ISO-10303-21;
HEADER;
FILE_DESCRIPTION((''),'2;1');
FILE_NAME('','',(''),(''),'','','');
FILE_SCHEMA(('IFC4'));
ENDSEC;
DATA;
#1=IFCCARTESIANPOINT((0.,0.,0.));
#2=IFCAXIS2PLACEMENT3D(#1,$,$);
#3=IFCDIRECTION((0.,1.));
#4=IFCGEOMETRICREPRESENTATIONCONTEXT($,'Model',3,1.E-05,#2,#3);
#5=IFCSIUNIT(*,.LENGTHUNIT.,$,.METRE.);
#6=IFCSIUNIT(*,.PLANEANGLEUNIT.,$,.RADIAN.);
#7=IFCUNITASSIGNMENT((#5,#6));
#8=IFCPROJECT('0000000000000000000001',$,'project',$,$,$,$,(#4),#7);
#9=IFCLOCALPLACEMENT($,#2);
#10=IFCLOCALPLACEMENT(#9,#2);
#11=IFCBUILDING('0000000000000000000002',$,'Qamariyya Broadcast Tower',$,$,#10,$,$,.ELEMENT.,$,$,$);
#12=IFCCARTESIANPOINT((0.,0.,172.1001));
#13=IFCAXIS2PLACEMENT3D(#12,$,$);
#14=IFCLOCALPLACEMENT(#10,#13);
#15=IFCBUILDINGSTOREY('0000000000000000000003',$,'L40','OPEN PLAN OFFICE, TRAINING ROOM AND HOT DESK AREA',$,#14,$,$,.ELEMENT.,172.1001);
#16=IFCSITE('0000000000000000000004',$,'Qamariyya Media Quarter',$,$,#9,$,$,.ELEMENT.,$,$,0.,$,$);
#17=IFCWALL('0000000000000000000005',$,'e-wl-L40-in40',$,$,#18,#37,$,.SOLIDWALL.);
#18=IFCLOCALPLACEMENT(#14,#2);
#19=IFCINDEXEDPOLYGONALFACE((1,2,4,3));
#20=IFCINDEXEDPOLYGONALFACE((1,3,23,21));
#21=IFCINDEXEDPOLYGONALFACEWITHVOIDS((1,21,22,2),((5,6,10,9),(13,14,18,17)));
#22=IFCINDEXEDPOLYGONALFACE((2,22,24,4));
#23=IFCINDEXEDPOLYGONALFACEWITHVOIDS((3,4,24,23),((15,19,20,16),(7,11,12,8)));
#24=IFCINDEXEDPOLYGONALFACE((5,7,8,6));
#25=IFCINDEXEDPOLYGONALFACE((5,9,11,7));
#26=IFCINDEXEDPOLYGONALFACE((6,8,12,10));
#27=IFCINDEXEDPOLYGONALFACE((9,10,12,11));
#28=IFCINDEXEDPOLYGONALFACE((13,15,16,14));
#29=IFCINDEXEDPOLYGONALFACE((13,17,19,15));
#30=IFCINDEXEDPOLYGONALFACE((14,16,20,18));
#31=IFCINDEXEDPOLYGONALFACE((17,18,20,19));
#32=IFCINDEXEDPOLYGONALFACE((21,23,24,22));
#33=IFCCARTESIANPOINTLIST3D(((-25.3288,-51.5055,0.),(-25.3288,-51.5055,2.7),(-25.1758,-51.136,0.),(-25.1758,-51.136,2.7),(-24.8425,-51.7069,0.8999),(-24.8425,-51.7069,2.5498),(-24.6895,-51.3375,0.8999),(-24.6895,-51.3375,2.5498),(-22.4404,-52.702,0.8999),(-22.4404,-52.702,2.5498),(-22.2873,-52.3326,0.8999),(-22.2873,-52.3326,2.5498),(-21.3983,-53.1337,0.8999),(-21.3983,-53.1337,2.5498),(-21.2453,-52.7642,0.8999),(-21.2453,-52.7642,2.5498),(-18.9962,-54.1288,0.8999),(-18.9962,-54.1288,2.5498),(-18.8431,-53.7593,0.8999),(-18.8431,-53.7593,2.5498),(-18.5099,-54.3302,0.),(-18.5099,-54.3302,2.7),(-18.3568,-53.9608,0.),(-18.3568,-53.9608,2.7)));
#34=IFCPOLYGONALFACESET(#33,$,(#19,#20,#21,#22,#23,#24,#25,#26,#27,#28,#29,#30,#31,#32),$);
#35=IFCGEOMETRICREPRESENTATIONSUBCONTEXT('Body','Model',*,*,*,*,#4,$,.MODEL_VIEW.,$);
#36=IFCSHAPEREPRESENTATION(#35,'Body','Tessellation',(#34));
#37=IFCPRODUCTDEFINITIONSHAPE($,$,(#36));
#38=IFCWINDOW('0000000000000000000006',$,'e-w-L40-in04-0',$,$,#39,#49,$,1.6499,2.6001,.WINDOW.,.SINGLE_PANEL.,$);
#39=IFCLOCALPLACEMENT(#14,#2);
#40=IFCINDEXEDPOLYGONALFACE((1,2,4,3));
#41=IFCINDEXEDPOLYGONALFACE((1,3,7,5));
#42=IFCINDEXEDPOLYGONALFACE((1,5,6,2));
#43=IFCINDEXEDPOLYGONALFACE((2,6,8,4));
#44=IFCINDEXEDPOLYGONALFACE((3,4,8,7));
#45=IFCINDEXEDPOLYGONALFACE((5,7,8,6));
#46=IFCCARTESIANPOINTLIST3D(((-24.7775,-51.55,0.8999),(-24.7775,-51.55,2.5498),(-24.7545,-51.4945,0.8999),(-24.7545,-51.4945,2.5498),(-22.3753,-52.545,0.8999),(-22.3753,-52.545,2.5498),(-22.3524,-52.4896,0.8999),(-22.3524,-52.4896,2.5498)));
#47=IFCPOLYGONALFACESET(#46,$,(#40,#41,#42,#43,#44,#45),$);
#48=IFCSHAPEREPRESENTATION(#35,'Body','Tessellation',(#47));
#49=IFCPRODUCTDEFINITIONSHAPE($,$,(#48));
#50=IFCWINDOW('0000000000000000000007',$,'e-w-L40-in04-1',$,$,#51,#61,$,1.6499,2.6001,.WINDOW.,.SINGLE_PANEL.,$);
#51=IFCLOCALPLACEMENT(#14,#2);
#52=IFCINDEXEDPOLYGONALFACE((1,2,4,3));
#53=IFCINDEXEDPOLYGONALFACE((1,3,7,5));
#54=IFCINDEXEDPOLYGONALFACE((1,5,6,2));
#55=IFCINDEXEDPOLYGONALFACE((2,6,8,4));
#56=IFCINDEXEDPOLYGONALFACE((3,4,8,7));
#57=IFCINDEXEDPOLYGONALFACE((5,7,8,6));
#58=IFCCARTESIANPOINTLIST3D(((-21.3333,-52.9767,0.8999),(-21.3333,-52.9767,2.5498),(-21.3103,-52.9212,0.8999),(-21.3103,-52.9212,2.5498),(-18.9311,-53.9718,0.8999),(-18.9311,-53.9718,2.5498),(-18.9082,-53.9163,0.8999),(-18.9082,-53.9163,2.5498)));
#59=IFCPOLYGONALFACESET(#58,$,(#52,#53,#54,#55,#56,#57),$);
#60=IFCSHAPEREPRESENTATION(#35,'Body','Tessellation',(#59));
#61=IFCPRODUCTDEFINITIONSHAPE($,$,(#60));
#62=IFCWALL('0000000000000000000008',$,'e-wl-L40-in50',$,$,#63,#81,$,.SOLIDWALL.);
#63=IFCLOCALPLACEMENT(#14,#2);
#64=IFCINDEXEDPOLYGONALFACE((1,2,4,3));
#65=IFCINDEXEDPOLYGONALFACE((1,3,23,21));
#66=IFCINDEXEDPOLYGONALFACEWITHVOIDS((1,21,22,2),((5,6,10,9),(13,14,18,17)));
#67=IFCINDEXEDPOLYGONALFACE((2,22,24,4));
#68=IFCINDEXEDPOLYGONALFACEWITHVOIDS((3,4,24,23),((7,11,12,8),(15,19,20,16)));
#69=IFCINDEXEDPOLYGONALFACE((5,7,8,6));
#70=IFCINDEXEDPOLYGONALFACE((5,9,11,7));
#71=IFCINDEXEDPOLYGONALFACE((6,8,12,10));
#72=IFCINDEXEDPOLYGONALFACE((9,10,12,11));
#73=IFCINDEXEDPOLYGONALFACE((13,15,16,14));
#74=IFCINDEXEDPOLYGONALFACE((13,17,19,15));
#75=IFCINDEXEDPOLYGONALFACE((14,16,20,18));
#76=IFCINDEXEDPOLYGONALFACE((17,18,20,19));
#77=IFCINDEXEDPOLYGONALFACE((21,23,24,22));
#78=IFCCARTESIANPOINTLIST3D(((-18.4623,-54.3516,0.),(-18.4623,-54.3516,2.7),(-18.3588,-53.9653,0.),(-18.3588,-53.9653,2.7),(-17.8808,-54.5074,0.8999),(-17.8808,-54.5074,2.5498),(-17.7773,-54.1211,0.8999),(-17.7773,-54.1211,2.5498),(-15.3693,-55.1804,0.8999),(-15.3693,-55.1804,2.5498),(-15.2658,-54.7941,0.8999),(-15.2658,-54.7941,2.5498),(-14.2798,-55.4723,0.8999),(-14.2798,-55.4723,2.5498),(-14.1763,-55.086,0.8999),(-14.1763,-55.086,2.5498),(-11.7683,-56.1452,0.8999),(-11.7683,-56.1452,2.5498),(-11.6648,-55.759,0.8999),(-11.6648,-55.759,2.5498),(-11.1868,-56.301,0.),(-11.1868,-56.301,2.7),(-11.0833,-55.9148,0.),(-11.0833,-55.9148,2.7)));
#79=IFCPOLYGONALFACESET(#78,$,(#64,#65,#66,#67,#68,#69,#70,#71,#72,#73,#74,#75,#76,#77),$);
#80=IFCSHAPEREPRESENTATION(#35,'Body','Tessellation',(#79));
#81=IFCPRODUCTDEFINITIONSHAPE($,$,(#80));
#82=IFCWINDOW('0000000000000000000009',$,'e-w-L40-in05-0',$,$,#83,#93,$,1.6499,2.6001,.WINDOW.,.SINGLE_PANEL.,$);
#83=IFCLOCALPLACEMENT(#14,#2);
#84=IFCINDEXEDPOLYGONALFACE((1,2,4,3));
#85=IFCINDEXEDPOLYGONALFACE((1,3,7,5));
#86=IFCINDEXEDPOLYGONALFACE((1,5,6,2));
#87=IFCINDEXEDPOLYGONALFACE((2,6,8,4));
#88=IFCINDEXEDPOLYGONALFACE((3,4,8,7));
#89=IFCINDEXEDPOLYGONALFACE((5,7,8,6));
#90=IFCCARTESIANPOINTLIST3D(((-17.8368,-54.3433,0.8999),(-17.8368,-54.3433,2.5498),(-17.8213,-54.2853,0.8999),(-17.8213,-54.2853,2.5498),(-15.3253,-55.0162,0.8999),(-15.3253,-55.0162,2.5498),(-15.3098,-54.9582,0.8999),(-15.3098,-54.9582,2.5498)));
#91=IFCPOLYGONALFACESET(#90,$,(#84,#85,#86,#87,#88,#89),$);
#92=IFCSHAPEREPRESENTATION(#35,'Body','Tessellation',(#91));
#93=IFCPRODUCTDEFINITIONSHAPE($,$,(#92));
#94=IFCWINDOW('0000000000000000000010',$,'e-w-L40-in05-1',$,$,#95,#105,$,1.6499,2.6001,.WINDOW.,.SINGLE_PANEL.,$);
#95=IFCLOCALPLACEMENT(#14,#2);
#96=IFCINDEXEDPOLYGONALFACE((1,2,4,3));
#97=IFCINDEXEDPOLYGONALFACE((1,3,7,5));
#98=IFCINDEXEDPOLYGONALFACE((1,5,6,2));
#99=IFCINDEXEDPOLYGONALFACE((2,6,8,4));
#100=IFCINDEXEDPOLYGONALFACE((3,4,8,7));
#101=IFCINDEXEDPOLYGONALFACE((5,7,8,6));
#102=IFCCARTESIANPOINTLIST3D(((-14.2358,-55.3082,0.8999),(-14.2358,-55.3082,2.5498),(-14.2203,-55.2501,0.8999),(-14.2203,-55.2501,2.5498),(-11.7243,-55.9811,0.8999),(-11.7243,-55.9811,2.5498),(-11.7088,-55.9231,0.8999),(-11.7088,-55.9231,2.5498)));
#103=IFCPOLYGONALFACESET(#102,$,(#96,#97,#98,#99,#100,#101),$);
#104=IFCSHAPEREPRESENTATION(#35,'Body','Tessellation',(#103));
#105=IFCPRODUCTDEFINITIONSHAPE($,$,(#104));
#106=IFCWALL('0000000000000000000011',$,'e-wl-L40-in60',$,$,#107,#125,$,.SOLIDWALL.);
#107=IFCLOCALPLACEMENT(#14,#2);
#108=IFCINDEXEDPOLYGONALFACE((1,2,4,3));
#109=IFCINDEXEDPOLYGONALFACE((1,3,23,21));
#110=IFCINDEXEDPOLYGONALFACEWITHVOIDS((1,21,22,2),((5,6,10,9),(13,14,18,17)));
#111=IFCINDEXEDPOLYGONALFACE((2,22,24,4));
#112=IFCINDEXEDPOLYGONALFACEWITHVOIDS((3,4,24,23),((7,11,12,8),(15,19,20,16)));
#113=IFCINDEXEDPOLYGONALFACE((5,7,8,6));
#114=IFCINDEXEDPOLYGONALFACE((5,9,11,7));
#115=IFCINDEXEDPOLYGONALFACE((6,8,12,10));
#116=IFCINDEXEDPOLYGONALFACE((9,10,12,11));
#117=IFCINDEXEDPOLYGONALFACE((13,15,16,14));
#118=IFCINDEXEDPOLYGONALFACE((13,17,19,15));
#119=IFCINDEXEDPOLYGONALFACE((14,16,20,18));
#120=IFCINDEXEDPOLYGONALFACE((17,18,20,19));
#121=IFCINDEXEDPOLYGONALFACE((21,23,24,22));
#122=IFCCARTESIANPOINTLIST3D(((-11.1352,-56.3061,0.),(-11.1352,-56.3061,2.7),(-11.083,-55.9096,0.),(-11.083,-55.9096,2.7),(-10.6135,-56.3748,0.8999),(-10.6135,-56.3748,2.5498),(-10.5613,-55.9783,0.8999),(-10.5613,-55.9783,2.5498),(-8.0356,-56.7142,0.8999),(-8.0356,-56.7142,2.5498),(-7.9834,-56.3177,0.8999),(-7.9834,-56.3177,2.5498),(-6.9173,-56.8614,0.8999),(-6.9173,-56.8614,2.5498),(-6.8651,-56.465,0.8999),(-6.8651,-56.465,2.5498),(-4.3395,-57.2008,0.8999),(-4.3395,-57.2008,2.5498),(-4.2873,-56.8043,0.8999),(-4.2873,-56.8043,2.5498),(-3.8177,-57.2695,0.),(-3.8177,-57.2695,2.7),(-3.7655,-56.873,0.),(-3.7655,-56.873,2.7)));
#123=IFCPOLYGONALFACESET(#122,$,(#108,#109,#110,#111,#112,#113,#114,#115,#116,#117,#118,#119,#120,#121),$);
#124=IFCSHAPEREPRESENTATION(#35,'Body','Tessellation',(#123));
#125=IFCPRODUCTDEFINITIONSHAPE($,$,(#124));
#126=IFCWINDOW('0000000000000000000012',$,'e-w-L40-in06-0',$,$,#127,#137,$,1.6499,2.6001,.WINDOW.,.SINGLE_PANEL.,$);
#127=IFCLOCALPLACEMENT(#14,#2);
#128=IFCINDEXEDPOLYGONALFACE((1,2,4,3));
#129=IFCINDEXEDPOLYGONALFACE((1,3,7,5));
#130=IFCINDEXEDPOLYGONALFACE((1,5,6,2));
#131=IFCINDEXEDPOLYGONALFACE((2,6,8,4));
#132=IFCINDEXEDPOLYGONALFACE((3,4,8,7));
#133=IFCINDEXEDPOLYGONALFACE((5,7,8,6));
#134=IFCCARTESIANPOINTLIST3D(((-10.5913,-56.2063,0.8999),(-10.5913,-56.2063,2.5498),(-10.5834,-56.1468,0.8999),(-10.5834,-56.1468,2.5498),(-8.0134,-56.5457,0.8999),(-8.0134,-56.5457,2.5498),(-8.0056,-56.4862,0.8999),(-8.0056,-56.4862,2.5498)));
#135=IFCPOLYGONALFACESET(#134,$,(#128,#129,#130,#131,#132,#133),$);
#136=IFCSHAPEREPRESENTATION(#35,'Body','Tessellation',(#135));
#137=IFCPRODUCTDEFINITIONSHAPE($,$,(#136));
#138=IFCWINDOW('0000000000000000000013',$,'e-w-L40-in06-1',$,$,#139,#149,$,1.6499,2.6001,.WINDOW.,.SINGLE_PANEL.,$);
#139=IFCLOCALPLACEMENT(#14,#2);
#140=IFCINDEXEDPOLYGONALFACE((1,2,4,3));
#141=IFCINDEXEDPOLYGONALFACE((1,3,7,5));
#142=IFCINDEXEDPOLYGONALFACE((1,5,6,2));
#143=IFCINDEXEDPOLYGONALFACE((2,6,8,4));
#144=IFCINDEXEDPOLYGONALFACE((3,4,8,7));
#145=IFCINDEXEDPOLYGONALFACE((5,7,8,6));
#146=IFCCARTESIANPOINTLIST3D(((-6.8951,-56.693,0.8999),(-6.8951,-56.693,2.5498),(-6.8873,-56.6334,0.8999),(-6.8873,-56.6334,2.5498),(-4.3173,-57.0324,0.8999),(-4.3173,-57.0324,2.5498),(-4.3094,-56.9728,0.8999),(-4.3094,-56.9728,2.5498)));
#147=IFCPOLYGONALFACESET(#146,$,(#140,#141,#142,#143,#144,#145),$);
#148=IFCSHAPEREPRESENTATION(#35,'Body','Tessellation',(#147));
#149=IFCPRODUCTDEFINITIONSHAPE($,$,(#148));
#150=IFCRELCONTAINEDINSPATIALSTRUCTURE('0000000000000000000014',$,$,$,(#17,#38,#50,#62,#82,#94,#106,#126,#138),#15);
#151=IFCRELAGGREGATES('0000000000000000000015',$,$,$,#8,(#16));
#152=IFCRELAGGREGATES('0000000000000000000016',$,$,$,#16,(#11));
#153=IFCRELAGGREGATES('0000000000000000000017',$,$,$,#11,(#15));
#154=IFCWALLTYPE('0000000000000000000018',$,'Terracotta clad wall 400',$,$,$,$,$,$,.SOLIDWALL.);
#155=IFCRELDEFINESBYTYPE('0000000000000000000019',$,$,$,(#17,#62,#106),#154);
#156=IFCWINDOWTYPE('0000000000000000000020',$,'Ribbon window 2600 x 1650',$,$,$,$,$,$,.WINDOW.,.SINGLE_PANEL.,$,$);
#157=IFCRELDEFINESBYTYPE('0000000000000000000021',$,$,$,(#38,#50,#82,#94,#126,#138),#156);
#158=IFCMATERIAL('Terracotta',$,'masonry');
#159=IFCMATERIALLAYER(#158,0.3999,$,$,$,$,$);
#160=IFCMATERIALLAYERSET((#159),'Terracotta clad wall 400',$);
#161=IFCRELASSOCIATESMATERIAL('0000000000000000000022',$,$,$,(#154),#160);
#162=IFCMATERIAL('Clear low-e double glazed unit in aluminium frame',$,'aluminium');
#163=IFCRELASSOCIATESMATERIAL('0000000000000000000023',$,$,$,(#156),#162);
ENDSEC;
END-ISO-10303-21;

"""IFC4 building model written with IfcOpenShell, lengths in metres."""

from ifc_helpers import new_model, si_unit, direction, frame, frame_2d, origin, place, context, subcontext, project, spatial, rectangle, extrude, material, layer, layer_set, type_object, element, fill, save


model = new_model("IFC4")

# Units and contexts
model_context = context("Model", 3, precision=1e-05, world=origin(), true_north=direction((0.0, 1.0)))
body_context = subcontext(model_context, "Body", "Model", "MODEL_VIEW")
ifc_project = project(units=[si_unit("LENGTHUNIT", "METRE"), si_unit("PLANEANGLEUNIT", "RADIAN")], contexts=[model_context])

# Site, building, storey
site_placement = place(None, origin())
site = spatial("IfcSite", under=ifc_project, at=site_placement, Name="Qamariyya Media Quarter", CompositionType="ELEMENT", RefElevation=0.0)
building_placement = place(site_placement, origin())
building = spatial("IfcBuilding", under=site, at=building_placement, Name="Qamariyya Broadcast Tower", CompositionType="ELEMENT")
storey_placement = place(building_placement, frame((0.0, 0.0, 172.1001)))
storey = spatial("IfcBuildingStorey", under=building, at=storey_placement, Name="L40", Description="OPEN PLAN OFFICE, TRAINING ROOM AND HOT DESK AREA", CompositionType="ELEMENT", Elevation=172.1001)

# Walls, openings, windows
ifc_material_1 = material(Name="Terracotta", Category="masonry")
ifc_layer_1 = layer(ifc_material_1, 0.3999)
ifc_layer_set_1 = layer_set([ifc_layer_1], Name="Terracotta clad wall 400")
wall_type_1 = type_object("IfcWallType", Name="Terracotta clad wall 400", PredefinedType="SOLIDWALL", material=ifc_layer_set_1)
ifc_material_2 = material(Name="Clear low-e double glazed unit in aluminium frame", Category="aluminium")
window_type = type_object("IfcWindowType", Name="Ribbon window 2600 x 1650", PartitioningType="SINGLE_PANEL", PredefinedType="WINDOW", material=ifc_material_2)
wall_1_placement = place(storey_placement, frame((-18.4333, -54.1455, 0.0), z_axis=(0.0, 0.0, 1.0), x_axis=(-0.923868, 0.382712, 0.0)))
wall_1 = element("IfcWall", 1, at=wall_1_placement, inside=storey, type_object=wall_type_1, Name="e-wl-L40-in40", PredefinedType="SOLIDWALL", context=body_context, shape_type="SweptSolid", body=[
    extrude(rectangle(XDim=7.3809, YDim=0.3999, at=frame_2d((3.6904, 0.0))), origin(), (0.0, 0.0, 1.0), 2.7),
])
opening_1_placement = place(wall_1_placement, frame((4.2544, 0.0, 0.8999)))
opening_1 = element("IfcOpeningElement", 2, at=opening_1_placement, cuts=wall_1, PredefinedType="OPENING", context=body_context, shape_type="SweptSolid", body=[
    extrude(rectangle(XDim=2.6001, YDim=1.6499, at=frame_2d((1.3, 0.825))), frame((0.0, 0.21, 0.0), z_axis=(0.0, -1.0, 0.0), x_axis=(1.0, 0.0, 0.0)), (0.0, 0.0, 1.0), 0.4199),
])
opening_2_placement = place(wall_1_placement, frame((0.5264, 0.0, 0.8999)))
opening_2 = element("IfcOpeningElement", 3, at=opening_2_placement, cuts=wall_1, PredefinedType="OPENING", context=body_context, shape_type="SweptSolid", body=[
    extrude(rectangle(XDim=2.6001, YDim=1.6499, at=frame_2d((1.3, 0.825))), frame((0.0, 0.21, 0.0), z_axis=(0.0, -1.0, 0.0), x_axis=(1.0, 0.0, 0.0)), (0.0, 0.0, 1.0), 0.4199),
])
window_1_placement = place(opening_1_placement, origin())
window_1 = element("IfcWindow", 4, at=window_1_placement, inside=storey, type_object=window_type, Name="e-w-L40-in04-0", OverallHeight=1.6499, OverallWidth=2.6001, PartitioningType="SINGLE_PANEL", PredefinedType="WINDOW", context=body_context, shape_type="SweptSolid", body=[
    extrude(rectangle(XDim=2.6001, YDim=1.6499, at=frame_2d((1.3, 0.825))), frame((0.0, 0.03, 0.0), z_axis=(0.0, -1.0, 0.0), x_axis=(1.0, 0.0, 0.0)), (0.0, 0.0, 1.0), 0.0601),
])
fill(opening_1, window_1)
window_2_placement = place(opening_2_placement, origin())
window_2 = element("IfcWindow", 5, at=window_2_placement, inside=storey, type_object=window_type, Name="e-w-L40-in04-1", OverallHeight=1.6499, OverallWidth=2.6001, PartitioningType="SINGLE_PANEL", PredefinedType="WINDOW", context=body_context, shape_type="SweptSolid", body=[
    extrude(rectangle(XDim=2.6001, YDim=1.6499, at=frame_2d((1.3, 0.825))), frame((0.0, 0.03, 0.0), z_axis=(0.0, -1.0, 0.0), x_axis=(1.0, 0.0, 0.0)), (0.0, 0.0, 1.0), 0.0601),
])
fill(opening_2, window_2)
wall_2_placement = place(storey_placement, frame((-11.135, -56.1079, 0.0), z_axis=(0.0, 0.0, 1.0), x_axis=(-0.965927, 0.258814, 0.0)))
wall_2 = element("IfcWall", 6, at=wall_2_placement, inside=storey, type_object=wall_type_1, Name="e-wl-L40-in50", PredefinedType="SOLIDWALL", context=body_context, shape_type="SweptSolid", body=[
    extrude(rectangle(XDim=7.5322, YDim=0.3999, at=frame_2d((3.7661, 0.0))), origin(), (0.0, 0.0, 1.0), 2.7),
])
opening_3_placement = place(wall_2_placement, frame((4.3301, 0.0, 0.8999)))
opening_3 = element("IfcOpeningElement", 7, at=opening_3_placement, cuts=wall_2, PredefinedType="OPENING", context=body_context, shape_type="SweptSolid", body=[
    extrude(rectangle(XDim=2.6001, YDim=1.6499, at=frame_2d((1.3, 0.825))), frame((0.0, 0.21, 0.0), z_axis=(0.0, -1.0, 0.0), x_axis=(1.0, 0.0, 0.0)), (0.0, 0.0, 1.0), 0.4199),
])
opening_4_placement = place(wall_2_placement, frame((0.6021, 0.0, 0.8999)))
opening_4 = element("IfcOpeningElement", 8, at=opening_4_placement, cuts=wall_2, PredefinedType="OPENING", context=body_context, shape_type="SweptSolid", body=[
    extrude(rectangle(XDim=2.6001, YDim=1.6499, at=frame_2d((1.3, 0.825))), frame((0.0, 0.21, 0.0), z_axis=(0.0, -1.0, 0.0), x_axis=(1.0, 0.0, 0.0)), (0.0, 0.0, 1.0), 0.4199),
])
window_3_placement = place(opening_3_placement, origin())
window_3 = element("IfcWindow", 9, at=window_3_placement, inside=storey, type_object=window_type, Name="e-w-L40-in05-0", OverallHeight=1.6499, OverallWidth=2.6001, PartitioningType="SINGLE_PANEL", PredefinedType="WINDOW", context=body_context, shape_type="SweptSolid", body=[
    extrude(rectangle(XDim=2.6001, YDim=1.6499, at=frame_2d((1.3, 0.825))), frame((0.0, 0.03, 0.0), z_axis=(0.0, -1.0, 0.0), x_axis=(1.0, 0.0, 0.0)), (0.0, 0.0, 1.0), 0.0601),
])
fill(opening_3, window_3)
window_4_placement = place(opening_4_placement, origin())
window_4 = element("IfcWindow", 10, at=window_4_placement, inside=storey, type_object=window_type, Name="e-w-L40-in05-1", OverallHeight=1.6499, OverallWidth=2.6001, PartitioningType="SINGLE_PANEL", PredefinedType="WINDOW", context=body_context, shape_type="SweptSolid", body=[
    extrude(rectangle(XDim=2.6001, YDim=1.6499, at=frame_2d((1.3, 0.825))), frame((0.0, 0.03, 0.0), z_axis=(0.0, -1.0, 0.0), x_axis=(1.0, 0.0, 0.0)), (0.0, 0.0, 1.0), 0.0601),
])
fill(opening_4, window_4)
wall_3_placement = place(storey_placement, frame((-3.7915, -57.0713, 0.0), z_axis=(0.0, 0.0, 1.0), x_axis=(-0.991444, 0.13053, 0.0)))
wall_3 = element("IfcWall", 11, at=wall_3_placement, inside=storey, type_object=wall_type_1, Name="e-wl-L40-in60", PredefinedType="SOLIDWALL", context=body_context, shape_type="SweptSolid", body=[
    extrude(rectangle(XDim=7.3806, YDim=0.3999, at=frame_2d((3.6904, 0.0))), origin(), (0.0, 0.0, 1.0), 2.7),
])
opening_5_placement = place(wall_3_placement, frame((4.2544, 0.0, 0.8999)))
opening_5 = element("IfcOpeningElement", 12, at=opening_5_placement, cuts=wall_3, PredefinedType="OPENING", context=body_context, shape_type="SweptSolid", body=[
    extrude(rectangle(XDim=2.6001, YDim=1.6499, at=frame_2d((1.3, 0.825))), frame((0.0, 0.21, 0.0), z_axis=(0.0, -1.0, 0.0), x_axis=(1.0, 0.0, 0.0)), (0.0, 0.0, 1.0), 0.4199),
])
opening_6_placement = place(wall_3_placement, frame((0.5264, 0.0, 0.8999)))
opening_6 = element("IfcOpeningElement", 13, at=opening_6_placement, cuts=wall_3, PredefinedType="OPENING", context=body_context, shape_type="SweptSolid", body=[
    extrude(rectangle(XDim=2.6001, YDim=1.6499, at=frame_2d((1.3, 0.825))), frame((0.0, 0.21, 0.0), z_axis=(0.0, -1.0, 0.0), x_axis=(1.0, 0.0, 0.0)), (0.0, 0.0, 1.0), 0.4199),
])
window_5_placement = place(opening_5_placement, origin())
window_5 = element("IfcWindow", 14, at=window_5_placement, inside=storey, type_object=window_type, Name="e-w-L40-in06-0", OverallHeight=1.6499, OverallWidth=2.6001, PartitioningType="SINGLE_PANEL", PredefinedType="WINDOW", context=body_context, shape_type="SweptSolid", body=[
    extrude(rectangle(XDim=2.6001, YDim=1.6499, at=frame_2d((1.3, 0.825))), frame((0.0, 0.03, 0.0), z_axis=(0.0, -1.0, 0.0), x_axis=(1.0, 0.0, 0.0)), (0.0, 0.0, 1.0), 0.0601),
])
fill(opening_5, window_5)
window_6_placement = place(opening_6_placement, origin())
window_6 = element("IfcWindow", 15, at=window_6_placement, inside=storey, type_object=window_type, Name="e-w-L40-in06-1", OverallHeight=1.6499, OverallWidth=2.6001, PartitioningType="SINGLE_PANEL", PredefinedType="WINDOW", context=body_context, shape_type="SweptSolid", body=[
    extrude(rectangle(XDim=2.6001, YDim=1.6499, at=frame_2d((1.3, 0.825))), frame((0.0, 0.03, 0.0), z_axis=(0.0, -1.0, 0.0), x_axis=(1.0, 0.0, 0.0)), (0.0, 0.0, 1.0), 0.0601),
])
fill(opening_6, window_6)

save(model, "model.ifc")
